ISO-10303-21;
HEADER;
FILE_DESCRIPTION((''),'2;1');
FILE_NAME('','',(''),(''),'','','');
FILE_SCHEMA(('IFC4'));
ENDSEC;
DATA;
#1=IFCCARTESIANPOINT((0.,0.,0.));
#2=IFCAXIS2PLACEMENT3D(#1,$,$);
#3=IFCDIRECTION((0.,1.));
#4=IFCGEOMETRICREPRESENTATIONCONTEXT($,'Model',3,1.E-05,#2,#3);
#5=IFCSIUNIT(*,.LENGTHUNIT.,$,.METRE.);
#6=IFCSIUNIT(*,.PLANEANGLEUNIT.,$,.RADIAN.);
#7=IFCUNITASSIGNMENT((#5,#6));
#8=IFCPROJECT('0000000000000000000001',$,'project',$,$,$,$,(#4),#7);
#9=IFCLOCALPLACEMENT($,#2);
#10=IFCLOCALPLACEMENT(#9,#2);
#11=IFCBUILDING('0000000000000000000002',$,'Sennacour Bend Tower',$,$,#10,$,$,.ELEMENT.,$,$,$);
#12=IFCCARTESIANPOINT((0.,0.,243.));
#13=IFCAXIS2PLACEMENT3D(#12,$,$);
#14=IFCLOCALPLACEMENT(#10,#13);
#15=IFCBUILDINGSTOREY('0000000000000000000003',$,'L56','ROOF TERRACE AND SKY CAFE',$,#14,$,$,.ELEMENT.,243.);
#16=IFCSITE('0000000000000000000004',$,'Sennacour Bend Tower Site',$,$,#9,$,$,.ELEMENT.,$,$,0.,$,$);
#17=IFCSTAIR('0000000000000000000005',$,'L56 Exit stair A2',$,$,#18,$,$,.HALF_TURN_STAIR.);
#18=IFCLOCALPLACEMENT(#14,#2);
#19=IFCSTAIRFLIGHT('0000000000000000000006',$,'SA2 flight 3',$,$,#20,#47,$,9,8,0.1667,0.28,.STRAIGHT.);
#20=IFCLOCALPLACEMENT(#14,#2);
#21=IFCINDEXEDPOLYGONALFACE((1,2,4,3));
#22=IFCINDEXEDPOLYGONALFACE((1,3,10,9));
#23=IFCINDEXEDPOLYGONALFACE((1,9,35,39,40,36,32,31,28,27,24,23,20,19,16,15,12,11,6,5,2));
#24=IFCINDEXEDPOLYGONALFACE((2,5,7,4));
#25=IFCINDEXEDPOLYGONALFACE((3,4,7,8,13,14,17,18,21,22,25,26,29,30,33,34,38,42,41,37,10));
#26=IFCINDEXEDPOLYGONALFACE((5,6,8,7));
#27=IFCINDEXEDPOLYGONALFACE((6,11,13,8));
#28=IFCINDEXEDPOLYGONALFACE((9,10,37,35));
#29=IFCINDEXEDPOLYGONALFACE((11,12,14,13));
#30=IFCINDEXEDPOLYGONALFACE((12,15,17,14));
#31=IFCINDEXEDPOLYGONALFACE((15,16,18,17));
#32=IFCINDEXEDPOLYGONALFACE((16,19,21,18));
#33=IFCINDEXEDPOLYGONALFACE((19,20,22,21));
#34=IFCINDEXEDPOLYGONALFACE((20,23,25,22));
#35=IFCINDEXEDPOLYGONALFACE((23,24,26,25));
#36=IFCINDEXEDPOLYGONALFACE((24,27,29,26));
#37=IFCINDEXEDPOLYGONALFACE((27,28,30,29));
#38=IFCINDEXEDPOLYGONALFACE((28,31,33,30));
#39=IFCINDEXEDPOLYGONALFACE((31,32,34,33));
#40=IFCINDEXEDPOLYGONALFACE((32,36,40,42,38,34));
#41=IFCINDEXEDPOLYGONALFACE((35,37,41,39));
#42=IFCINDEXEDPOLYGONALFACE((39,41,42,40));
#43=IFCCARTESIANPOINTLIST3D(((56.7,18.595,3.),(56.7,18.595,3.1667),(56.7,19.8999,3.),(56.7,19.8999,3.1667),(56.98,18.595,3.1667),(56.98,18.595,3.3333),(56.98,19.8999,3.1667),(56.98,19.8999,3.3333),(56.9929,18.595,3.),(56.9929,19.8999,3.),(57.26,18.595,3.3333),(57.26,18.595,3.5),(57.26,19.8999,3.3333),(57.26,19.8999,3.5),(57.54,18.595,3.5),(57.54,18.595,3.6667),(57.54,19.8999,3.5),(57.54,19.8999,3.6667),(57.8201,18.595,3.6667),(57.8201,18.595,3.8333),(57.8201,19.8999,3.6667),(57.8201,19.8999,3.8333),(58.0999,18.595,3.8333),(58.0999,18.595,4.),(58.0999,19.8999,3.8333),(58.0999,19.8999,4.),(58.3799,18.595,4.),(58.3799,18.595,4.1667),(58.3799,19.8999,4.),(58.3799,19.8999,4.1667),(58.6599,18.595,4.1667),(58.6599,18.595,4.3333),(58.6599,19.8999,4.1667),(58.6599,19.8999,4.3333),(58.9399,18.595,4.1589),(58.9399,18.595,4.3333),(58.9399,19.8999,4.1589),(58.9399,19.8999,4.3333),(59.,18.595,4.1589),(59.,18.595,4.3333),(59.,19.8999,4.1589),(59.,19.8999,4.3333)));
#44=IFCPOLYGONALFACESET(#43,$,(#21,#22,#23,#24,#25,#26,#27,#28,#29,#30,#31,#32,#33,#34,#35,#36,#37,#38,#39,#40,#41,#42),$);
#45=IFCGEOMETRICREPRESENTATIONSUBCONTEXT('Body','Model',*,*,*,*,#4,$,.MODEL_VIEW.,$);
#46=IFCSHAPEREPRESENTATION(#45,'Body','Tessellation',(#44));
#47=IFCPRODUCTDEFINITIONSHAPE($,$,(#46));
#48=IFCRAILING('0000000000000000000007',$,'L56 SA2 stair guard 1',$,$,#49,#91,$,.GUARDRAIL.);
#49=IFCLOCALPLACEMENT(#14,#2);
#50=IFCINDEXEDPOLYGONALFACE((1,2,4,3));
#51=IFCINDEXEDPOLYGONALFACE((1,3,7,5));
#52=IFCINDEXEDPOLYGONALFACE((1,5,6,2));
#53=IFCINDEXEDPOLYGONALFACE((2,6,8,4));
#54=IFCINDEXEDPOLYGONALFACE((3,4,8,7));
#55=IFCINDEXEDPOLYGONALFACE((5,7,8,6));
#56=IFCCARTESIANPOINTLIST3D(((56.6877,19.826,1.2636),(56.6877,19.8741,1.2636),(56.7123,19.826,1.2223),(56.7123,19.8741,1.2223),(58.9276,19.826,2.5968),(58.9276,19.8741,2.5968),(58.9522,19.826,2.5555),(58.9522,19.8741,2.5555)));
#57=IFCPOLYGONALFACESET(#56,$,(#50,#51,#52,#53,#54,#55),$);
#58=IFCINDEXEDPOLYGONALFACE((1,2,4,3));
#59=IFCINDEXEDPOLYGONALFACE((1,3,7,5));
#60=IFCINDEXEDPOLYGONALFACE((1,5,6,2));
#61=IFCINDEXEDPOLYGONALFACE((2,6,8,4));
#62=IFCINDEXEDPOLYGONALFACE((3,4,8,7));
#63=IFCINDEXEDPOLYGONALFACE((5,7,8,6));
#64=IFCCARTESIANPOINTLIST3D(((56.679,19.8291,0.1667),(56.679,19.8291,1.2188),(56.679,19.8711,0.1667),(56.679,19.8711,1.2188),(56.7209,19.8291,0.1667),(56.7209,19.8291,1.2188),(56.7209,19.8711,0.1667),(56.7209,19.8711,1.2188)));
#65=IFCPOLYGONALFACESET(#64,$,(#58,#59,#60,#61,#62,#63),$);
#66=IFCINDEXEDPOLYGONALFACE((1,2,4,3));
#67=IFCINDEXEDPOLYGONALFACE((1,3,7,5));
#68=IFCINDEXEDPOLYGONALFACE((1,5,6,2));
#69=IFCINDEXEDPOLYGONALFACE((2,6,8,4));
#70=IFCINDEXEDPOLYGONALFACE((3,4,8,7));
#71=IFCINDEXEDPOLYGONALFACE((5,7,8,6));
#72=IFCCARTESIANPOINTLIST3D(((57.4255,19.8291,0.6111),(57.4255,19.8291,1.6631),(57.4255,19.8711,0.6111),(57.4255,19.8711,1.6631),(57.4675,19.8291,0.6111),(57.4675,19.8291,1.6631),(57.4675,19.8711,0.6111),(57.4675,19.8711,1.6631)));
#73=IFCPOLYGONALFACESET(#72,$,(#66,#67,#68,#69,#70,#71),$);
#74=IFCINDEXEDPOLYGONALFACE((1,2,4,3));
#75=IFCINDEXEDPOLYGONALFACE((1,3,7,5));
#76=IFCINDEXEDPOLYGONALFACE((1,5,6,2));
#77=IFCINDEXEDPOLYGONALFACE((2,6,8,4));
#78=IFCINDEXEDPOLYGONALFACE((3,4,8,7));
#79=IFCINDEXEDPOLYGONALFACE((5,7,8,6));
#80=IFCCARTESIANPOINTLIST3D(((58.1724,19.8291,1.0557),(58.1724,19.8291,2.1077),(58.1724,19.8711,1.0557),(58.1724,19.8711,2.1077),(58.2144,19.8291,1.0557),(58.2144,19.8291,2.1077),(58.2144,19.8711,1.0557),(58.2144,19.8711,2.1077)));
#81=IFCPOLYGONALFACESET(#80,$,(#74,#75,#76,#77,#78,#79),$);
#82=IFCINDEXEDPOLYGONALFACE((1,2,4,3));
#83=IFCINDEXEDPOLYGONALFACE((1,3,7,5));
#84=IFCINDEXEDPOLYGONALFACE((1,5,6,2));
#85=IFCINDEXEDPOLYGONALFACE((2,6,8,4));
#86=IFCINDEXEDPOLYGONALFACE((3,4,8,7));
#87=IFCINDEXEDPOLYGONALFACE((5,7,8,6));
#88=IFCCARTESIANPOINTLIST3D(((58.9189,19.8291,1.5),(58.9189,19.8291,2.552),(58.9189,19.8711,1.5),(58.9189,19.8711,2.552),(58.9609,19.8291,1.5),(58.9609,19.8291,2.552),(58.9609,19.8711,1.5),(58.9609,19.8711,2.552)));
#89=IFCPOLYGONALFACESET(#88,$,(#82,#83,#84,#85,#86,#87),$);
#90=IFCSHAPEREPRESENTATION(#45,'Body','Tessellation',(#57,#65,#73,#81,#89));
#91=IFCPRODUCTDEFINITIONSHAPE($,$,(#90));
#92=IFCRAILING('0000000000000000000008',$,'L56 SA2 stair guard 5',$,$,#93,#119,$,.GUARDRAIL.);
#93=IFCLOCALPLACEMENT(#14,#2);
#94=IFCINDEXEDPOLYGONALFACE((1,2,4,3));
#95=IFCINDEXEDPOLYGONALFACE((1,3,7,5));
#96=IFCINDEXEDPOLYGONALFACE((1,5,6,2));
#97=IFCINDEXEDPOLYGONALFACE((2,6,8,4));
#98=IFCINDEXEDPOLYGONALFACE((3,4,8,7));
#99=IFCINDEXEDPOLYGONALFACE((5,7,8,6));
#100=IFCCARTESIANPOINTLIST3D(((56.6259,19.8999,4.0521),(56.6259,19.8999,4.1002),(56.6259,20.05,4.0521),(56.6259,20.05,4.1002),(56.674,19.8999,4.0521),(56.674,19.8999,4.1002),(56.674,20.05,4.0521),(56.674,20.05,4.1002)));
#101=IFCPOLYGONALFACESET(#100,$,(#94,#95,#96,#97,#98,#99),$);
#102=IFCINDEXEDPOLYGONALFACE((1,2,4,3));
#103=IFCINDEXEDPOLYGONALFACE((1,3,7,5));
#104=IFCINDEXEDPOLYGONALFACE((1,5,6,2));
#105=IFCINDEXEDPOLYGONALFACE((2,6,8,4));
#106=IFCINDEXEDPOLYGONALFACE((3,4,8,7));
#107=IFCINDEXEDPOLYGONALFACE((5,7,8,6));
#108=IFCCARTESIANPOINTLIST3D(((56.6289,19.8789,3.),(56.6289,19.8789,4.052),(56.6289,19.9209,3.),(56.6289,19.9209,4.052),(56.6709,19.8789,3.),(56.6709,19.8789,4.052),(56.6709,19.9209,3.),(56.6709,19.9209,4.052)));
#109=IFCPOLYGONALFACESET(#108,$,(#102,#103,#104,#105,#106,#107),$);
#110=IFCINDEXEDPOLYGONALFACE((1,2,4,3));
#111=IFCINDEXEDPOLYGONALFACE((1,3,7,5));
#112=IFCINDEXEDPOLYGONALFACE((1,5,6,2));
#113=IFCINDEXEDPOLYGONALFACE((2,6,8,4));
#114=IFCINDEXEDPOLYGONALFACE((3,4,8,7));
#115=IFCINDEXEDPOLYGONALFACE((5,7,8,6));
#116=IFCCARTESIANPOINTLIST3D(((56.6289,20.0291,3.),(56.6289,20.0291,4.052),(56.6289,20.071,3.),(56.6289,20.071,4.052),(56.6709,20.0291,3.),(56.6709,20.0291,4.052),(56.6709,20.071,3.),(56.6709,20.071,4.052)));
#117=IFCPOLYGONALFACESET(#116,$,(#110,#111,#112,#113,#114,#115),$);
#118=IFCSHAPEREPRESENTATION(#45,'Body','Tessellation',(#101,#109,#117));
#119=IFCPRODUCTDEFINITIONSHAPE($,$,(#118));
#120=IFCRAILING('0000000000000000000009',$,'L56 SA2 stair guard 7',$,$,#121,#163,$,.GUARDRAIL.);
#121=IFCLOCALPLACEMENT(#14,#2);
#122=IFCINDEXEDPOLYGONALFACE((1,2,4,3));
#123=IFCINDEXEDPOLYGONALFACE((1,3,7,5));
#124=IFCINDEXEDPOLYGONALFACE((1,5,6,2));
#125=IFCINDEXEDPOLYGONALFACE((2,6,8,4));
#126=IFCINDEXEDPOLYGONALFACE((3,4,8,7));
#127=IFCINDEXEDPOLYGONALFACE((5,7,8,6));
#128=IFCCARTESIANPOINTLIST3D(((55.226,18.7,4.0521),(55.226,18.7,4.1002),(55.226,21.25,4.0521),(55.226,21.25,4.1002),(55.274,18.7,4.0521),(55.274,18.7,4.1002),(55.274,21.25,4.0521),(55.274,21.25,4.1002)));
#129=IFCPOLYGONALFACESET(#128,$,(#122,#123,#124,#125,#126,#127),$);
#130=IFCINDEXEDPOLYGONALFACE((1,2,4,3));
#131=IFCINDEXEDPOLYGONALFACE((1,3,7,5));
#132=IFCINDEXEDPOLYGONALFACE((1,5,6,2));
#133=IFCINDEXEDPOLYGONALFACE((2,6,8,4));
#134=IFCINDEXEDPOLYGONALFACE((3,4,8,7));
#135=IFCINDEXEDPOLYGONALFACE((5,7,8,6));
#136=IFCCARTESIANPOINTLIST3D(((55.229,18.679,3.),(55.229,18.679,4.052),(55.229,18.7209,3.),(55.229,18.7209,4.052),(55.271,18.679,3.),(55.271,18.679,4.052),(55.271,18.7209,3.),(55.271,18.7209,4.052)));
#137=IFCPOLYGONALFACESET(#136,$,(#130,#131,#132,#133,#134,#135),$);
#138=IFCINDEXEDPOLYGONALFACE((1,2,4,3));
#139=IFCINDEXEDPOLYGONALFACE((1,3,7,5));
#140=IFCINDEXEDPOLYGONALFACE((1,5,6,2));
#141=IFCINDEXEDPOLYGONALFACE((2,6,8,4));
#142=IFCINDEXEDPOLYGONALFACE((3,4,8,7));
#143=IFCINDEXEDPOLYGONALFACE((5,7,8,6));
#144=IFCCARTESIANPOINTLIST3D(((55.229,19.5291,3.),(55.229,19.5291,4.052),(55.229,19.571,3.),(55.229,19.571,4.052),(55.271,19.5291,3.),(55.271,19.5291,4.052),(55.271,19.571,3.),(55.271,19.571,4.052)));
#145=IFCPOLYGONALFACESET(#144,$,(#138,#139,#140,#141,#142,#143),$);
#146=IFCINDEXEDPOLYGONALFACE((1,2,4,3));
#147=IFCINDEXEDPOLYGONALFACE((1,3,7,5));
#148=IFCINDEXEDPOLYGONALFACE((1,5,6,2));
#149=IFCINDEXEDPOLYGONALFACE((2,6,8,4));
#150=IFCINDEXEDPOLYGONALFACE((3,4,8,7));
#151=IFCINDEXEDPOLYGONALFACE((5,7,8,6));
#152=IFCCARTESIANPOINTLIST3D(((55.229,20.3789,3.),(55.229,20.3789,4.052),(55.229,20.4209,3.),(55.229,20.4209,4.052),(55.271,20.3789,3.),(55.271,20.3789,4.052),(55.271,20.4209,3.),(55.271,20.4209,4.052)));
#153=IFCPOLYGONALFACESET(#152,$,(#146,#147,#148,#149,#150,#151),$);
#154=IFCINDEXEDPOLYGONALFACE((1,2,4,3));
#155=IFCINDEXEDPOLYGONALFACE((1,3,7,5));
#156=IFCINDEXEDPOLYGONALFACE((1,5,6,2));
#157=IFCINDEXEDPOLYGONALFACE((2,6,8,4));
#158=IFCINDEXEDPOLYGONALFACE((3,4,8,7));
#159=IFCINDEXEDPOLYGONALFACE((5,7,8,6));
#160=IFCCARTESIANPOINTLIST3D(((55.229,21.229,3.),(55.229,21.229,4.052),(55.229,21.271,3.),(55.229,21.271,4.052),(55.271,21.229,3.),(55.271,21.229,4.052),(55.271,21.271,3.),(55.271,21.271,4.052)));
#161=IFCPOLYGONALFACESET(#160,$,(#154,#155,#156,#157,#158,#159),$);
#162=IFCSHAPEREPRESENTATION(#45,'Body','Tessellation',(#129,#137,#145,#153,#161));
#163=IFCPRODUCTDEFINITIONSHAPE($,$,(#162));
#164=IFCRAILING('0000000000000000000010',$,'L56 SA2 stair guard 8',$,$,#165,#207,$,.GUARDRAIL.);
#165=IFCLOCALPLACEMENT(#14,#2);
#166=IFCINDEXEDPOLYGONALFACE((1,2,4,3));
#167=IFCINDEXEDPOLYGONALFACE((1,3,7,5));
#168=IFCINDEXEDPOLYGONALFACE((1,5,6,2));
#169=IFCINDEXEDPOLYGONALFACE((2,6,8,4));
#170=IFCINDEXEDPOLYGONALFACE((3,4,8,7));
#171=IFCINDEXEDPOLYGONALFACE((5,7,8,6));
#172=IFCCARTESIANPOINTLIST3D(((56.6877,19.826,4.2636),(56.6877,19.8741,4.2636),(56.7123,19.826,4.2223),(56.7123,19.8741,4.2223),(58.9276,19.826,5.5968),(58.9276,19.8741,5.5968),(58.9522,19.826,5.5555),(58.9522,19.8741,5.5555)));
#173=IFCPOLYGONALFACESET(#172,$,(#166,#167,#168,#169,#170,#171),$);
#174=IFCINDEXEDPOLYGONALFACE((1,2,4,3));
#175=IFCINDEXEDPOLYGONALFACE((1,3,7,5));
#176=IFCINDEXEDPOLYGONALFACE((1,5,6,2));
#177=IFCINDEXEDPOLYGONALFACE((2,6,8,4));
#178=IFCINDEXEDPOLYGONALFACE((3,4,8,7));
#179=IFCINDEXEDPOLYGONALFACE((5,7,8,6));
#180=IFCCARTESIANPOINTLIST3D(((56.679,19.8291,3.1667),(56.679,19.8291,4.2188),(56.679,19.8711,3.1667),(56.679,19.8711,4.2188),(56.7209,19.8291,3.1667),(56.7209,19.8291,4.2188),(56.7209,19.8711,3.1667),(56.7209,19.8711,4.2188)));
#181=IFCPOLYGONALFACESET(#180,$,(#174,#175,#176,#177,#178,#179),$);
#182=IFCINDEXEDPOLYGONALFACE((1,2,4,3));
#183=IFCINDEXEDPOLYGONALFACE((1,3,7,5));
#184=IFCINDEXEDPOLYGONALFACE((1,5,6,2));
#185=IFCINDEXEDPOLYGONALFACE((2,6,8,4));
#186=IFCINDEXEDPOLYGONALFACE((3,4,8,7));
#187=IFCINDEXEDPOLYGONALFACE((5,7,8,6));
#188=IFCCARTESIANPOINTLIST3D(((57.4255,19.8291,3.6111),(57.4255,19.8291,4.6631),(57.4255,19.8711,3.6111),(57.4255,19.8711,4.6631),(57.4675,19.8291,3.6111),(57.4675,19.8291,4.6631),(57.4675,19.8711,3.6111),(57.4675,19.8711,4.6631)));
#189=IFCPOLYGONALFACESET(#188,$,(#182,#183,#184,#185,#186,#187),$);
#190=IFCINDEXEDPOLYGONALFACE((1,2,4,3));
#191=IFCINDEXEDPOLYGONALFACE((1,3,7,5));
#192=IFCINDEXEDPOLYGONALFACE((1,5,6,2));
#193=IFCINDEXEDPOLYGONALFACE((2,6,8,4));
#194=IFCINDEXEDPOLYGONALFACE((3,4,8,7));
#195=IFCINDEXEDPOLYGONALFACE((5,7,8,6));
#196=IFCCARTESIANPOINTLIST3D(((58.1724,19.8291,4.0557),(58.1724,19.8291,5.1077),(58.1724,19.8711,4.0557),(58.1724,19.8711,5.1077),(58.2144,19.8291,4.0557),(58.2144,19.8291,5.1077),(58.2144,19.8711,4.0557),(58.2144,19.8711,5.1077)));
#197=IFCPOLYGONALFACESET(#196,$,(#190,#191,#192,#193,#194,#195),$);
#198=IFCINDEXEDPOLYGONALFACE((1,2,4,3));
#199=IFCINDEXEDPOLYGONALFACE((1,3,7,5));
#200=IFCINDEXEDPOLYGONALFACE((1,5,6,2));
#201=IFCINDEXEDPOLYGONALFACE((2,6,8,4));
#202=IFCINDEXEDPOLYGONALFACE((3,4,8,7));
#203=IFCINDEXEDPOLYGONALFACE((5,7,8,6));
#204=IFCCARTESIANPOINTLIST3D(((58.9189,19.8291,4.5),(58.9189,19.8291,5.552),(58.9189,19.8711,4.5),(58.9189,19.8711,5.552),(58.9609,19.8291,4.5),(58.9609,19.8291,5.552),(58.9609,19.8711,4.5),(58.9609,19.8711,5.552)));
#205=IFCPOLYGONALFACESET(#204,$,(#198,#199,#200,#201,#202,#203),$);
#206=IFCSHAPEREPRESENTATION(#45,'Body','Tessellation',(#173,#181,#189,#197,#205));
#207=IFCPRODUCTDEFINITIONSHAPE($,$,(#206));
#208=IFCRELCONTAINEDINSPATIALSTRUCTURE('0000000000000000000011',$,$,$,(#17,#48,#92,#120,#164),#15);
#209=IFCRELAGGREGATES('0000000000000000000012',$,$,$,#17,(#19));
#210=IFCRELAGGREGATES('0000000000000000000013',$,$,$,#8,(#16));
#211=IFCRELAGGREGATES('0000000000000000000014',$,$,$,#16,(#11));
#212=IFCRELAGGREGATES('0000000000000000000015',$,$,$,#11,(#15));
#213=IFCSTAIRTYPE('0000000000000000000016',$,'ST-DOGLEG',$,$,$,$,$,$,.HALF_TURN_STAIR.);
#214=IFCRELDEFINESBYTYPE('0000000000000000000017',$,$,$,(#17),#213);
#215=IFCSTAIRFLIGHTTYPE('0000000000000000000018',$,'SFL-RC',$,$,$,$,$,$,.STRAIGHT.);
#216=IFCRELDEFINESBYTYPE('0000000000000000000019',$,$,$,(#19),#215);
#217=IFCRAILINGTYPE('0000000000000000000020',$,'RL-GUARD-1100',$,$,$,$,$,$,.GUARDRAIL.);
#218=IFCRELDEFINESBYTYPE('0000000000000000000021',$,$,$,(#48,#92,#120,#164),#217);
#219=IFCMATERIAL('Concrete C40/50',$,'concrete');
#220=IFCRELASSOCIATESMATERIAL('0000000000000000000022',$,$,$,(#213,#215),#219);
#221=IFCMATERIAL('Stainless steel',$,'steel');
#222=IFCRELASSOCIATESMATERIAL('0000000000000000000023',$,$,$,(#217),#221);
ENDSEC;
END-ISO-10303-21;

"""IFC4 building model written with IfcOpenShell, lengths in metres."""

from ifc_helpers import new_model, si_unit, direction, frame, origin, origin_2d, place, context, subcontext, project, spatial, polyline, rectangle, outline, extrude, material, type_object, element, aggregate, save


model = new_model("IFC4")

# Units and contexts
model_context = context("Model", 3, precision=1e-05, world=origin(), true_north=direction((0.0, 1.0)))
body_context = subcontext(model_context, "Body", "Model", "MODEL_VIEW")
ifc_project = project(units=[si_unit("LENGTHUNIT", "METRE"), si_unit("PLANEANGLEUNIT", "RADIAN")], contexts=[model_context])

# Site, building, storey
site_placement = place(None, origin())
site = spatial("IfcSite", under=ifc_project, at=site_placement, Name="Sennacour Bend Tower Site", CompositionType="ELEMENT", RefElevation=0.0)
building_placement = place(site_placement, origin())
building = spatial("IfcBuilding", under=site, at=building_placement, Name="Sennacour Bend Tower", CompositionType="ELEMENT")
storey_placement = place(building_placement, frame((0.0, 0.0, 243.0)))
storey = spatial("IfcBuildingStorey", under=building, at=storey_placement, Name="L56", Description="ROOF TERRACE AND SKY CAFE", CompositionType="ELEMENT", Elevation=243.0)

# Shared definitions
ifc_material_1 = material(Name="Stainless steel", Category="steel")

# Stair, stair flight
ifc_material_2 = material(Name="Concrete C40/50", Category="concrete")
stair_type = type_object("IfcStairType", Name="ST-DOGLEG", PredefinedType="HALF_TURN_STAIR", material=ifc_material_2)
stair_placement = place(storey_placement, origin())
stair = element("IfcStair", 1, at=stair_placement, inside=storey, type_object=stair_type, Name="L56 Exit stair A2", PredefinedType="HALF_TURN_STAIR")
stair_flight_type = type_object("IfcStairFlightType", Name="SFL-RC", PredefinedType="STRAIGHT", material=ifc_material_2)
stair_flight_1_placement = place(storey_placement, frame((56.7, 19.2476, 3.0), z_axis=(0.0, 0.0, 1.0), x_axis=(1.0, 0.0, 0.0)))
stair_flight_1 = element("IfcStairFlight", 2, at=stair_flight_1_placement, type_object=stair_flight_type, Name="SA2 flight 3", NumberOfRisers=9, NumberOfTreads=8, PredefinedType="STRAIGHT", RiserHeight=0.1667, TreadLength=0.28, context=body_context, shape_type="SweptSolid", body=[
    extrude(outline(polyline([(0.0, 0.0), (0.0, 0.1667), (0.28, 0.1667), (0.28, 0.3333), (0.5601, 0.3333), (0.5601, 0.5), (0.8401, 0.5), (0.8401, 0.6667), (1.1201, 0.6667), (1.1201, 0.8333), (1.3999, 0.8333), (1.3999, 1.0), (1.6799, 1.0), (1.6799, 1.1667), (1.96, 1.1667), (1.96, 1.3333), (2.24, 1.3333), (2.3, 1.3333), (2.3, 1.1589), (2.24, 1.1589), (0.293, 0.0), (0.0, 0.0)])), frame((0.0, 0.6523, 0.0), z_axis=(0.0, -1.0, 0.0), x_axis=(1.0, 0.0, 0.0)), (0.0, 0.0, 1.0), 1.3049),
])
aggregate(stair, [stair_flight_1])

# Railings
railing_type_1 = type_object("IfcRailingType", Name="RL-GUARD-1100", PredefinedType="GUARDRAIL", material=ifc_material_1)
railing_1_placement = place(storey_placement, frame((56.7, 19.8501, 0.1667)))
element("IfcRailing", 3, at=railing_1_placement, inside=storey, type_object=railing_type_1, Name="L56 SA2 stair guard 1", PredefinedType="GUARDRAIL", context=body_context, shape_type="SweptSolid", body=[
    extrude(rectangle(XDim=0.0481, YDim=0.0481, at=origin_2d()), frame((0.0, 0.0, 1.0762), z_axis=(0.859306, 0.0, 0.511462), x_axis=(0.0, 1.0, 0.0)), (0.0, 0.0, 1.0), 2.6067),
    extrude(rectangle(XDim=0.042, YDim=0.042, at=origin_2d()), origin(), (0.0, 0.0, 1.0), 1.052),
    extrude(rectangle(XDim=0.042, YDim=0.042, at=origin_2d()), frame((0.7466, 0.0, 0.4443)), (0.0, 0.0, 1.0), 1.052),
    extrude(rectangle(XDim=0.042, YDim=0.042, at=origin_2d()), frame((1.4934, 0.0, 0.8889)), (0.0, 0.0, 1.0), 1.052),
    extrude(rectangle(XDim=0.042, YDim=0.042, at=origin_2d()), frame((2.24, 0.0, 1.3333)), (0.0, 0.0, 1.0), 1.052),
])
railing_2_placement = place(storey_placement, frame((56.6499, 19.8999, 3.0)))
element("IfcRailing", 4, at=railing_2_placement, inside=storey, type_object=railing_type_1, Name="L56 SA2 stair guard 5", PredefinedType="GUARDRAIL", context=body_context, shape_type="SweptSolid", body=[
    extrude(rectangle(XDim=0.0481, YDim=0.0481, at=origin_2d()), frame((0.0, 0.0, 1.0762), z_axis=(0.0, 1.0, 0.0), x_axis=(-1.0, 0.0, 0.0)), (0.0, 0.0, 1.0), 0.1501),
    extrude(rectangle(XDim=0.042, YDim=0.042, at=origin_2d()), origin(), (0.0, 0.0, 1.0), 1.052),
    extrude(rectangle(XDim=0.042, YDim=0.042, at=origin_2d()), frame((0.0, 0.1501, 0.0)), (0.0, 0.0, 1.0), 1.052),
])
railing_3_placement = place(storey_placement, frame((55.25, 18.7, 3.0)))
element("IfcRailing", 5, at=railing_3_placement, inside=storey, type_object=railing_type_1, Name="L56 SA2 stair guard 7", PredefinedType="GUARDRAIL", context=body_context, shape_type="SweptSolid", body=[
    extrude(rectangle(XDim=0.0481, YDim=0.0481, at=origin_2d()), frame((0.0, 0.0, 1.0762), z_axis=(0.0, 1.0, 0.0), x_axis=(-1.0, 0.0, 0.0)), (0.0, 0.0, 1.0), 2.55),
    extrude(rectangle(XDim=0.042, YDim=0.042, at=origin_2d()), origin(), (0.0, 0.0, 1.0), 1.052),
    extrude(rectangle(XDim=0.042, YDim=0.042, at=origin_2d()), frame((0.0, 0.8501, 0.0)), (0.0, 0.0, 1.0), 1.052),
    extrude(rectangle(XDim=0.042, YDim=0.042, at=origin_2d()), frame((0.0, 1.7, 0.0)), (0.0, 0.0, 1.0), 1.052),
    extrude(rectangle(XDim=0.042, YDim=0.042, at=origin_2d()), frame((0.0, 2.55, 0.0)), (0.0, 0.0, 1.0), 1.052),
])
railing_4_placement = place(storey_placement, frame((56.7, 19.8501, 3.1667)))
element("IfcRailing", 6, at=railing_4_placement, inside=storey, type_object=railing_type_1, Name="L56 SA2 stair guard 8", PredefinedType="GUARDRAIL", context=body_context, shape_type="SweptSolid", body=[
    extrude(rectangle(XDim=0.0481, YDim=0.0481, at=origin_2d()), frame((0.0, 0.0, 1.0762), z_axis=(0.859306, 0.0, 0.511462), x_axis=(0.0, 1.0, 0.0)), (0.0, 0.0, 1.0), 2.6067),
    extrude(rectangle(XDim=0.042, YDim=0.042, at=origin_2d()), origin(), (0.0, 0.0, 1.0), 1.052),
    extrude(rectangle(XDim=0.042, YDim=0.042, at=origin_2d()), frame((0.7466, 0.0, 0.4443)), (0.0, 0.0, 1.0), 1.052),
    extrude(rectangle(XDim=0.042, YDim=0.042, at=origin_2d()), frame((1.4934, 0.0, 0.8889)), (0.0, 0.0, 1.0), 1.052),
    extrude(rectangle(XDim=0.042, YDim=0.042, at=origin_2d()), frame((2.24, 0.0, 1.3333)), (0.0, 0.0, 1.0), 1.052),
])

save(model, "model.ifc")
